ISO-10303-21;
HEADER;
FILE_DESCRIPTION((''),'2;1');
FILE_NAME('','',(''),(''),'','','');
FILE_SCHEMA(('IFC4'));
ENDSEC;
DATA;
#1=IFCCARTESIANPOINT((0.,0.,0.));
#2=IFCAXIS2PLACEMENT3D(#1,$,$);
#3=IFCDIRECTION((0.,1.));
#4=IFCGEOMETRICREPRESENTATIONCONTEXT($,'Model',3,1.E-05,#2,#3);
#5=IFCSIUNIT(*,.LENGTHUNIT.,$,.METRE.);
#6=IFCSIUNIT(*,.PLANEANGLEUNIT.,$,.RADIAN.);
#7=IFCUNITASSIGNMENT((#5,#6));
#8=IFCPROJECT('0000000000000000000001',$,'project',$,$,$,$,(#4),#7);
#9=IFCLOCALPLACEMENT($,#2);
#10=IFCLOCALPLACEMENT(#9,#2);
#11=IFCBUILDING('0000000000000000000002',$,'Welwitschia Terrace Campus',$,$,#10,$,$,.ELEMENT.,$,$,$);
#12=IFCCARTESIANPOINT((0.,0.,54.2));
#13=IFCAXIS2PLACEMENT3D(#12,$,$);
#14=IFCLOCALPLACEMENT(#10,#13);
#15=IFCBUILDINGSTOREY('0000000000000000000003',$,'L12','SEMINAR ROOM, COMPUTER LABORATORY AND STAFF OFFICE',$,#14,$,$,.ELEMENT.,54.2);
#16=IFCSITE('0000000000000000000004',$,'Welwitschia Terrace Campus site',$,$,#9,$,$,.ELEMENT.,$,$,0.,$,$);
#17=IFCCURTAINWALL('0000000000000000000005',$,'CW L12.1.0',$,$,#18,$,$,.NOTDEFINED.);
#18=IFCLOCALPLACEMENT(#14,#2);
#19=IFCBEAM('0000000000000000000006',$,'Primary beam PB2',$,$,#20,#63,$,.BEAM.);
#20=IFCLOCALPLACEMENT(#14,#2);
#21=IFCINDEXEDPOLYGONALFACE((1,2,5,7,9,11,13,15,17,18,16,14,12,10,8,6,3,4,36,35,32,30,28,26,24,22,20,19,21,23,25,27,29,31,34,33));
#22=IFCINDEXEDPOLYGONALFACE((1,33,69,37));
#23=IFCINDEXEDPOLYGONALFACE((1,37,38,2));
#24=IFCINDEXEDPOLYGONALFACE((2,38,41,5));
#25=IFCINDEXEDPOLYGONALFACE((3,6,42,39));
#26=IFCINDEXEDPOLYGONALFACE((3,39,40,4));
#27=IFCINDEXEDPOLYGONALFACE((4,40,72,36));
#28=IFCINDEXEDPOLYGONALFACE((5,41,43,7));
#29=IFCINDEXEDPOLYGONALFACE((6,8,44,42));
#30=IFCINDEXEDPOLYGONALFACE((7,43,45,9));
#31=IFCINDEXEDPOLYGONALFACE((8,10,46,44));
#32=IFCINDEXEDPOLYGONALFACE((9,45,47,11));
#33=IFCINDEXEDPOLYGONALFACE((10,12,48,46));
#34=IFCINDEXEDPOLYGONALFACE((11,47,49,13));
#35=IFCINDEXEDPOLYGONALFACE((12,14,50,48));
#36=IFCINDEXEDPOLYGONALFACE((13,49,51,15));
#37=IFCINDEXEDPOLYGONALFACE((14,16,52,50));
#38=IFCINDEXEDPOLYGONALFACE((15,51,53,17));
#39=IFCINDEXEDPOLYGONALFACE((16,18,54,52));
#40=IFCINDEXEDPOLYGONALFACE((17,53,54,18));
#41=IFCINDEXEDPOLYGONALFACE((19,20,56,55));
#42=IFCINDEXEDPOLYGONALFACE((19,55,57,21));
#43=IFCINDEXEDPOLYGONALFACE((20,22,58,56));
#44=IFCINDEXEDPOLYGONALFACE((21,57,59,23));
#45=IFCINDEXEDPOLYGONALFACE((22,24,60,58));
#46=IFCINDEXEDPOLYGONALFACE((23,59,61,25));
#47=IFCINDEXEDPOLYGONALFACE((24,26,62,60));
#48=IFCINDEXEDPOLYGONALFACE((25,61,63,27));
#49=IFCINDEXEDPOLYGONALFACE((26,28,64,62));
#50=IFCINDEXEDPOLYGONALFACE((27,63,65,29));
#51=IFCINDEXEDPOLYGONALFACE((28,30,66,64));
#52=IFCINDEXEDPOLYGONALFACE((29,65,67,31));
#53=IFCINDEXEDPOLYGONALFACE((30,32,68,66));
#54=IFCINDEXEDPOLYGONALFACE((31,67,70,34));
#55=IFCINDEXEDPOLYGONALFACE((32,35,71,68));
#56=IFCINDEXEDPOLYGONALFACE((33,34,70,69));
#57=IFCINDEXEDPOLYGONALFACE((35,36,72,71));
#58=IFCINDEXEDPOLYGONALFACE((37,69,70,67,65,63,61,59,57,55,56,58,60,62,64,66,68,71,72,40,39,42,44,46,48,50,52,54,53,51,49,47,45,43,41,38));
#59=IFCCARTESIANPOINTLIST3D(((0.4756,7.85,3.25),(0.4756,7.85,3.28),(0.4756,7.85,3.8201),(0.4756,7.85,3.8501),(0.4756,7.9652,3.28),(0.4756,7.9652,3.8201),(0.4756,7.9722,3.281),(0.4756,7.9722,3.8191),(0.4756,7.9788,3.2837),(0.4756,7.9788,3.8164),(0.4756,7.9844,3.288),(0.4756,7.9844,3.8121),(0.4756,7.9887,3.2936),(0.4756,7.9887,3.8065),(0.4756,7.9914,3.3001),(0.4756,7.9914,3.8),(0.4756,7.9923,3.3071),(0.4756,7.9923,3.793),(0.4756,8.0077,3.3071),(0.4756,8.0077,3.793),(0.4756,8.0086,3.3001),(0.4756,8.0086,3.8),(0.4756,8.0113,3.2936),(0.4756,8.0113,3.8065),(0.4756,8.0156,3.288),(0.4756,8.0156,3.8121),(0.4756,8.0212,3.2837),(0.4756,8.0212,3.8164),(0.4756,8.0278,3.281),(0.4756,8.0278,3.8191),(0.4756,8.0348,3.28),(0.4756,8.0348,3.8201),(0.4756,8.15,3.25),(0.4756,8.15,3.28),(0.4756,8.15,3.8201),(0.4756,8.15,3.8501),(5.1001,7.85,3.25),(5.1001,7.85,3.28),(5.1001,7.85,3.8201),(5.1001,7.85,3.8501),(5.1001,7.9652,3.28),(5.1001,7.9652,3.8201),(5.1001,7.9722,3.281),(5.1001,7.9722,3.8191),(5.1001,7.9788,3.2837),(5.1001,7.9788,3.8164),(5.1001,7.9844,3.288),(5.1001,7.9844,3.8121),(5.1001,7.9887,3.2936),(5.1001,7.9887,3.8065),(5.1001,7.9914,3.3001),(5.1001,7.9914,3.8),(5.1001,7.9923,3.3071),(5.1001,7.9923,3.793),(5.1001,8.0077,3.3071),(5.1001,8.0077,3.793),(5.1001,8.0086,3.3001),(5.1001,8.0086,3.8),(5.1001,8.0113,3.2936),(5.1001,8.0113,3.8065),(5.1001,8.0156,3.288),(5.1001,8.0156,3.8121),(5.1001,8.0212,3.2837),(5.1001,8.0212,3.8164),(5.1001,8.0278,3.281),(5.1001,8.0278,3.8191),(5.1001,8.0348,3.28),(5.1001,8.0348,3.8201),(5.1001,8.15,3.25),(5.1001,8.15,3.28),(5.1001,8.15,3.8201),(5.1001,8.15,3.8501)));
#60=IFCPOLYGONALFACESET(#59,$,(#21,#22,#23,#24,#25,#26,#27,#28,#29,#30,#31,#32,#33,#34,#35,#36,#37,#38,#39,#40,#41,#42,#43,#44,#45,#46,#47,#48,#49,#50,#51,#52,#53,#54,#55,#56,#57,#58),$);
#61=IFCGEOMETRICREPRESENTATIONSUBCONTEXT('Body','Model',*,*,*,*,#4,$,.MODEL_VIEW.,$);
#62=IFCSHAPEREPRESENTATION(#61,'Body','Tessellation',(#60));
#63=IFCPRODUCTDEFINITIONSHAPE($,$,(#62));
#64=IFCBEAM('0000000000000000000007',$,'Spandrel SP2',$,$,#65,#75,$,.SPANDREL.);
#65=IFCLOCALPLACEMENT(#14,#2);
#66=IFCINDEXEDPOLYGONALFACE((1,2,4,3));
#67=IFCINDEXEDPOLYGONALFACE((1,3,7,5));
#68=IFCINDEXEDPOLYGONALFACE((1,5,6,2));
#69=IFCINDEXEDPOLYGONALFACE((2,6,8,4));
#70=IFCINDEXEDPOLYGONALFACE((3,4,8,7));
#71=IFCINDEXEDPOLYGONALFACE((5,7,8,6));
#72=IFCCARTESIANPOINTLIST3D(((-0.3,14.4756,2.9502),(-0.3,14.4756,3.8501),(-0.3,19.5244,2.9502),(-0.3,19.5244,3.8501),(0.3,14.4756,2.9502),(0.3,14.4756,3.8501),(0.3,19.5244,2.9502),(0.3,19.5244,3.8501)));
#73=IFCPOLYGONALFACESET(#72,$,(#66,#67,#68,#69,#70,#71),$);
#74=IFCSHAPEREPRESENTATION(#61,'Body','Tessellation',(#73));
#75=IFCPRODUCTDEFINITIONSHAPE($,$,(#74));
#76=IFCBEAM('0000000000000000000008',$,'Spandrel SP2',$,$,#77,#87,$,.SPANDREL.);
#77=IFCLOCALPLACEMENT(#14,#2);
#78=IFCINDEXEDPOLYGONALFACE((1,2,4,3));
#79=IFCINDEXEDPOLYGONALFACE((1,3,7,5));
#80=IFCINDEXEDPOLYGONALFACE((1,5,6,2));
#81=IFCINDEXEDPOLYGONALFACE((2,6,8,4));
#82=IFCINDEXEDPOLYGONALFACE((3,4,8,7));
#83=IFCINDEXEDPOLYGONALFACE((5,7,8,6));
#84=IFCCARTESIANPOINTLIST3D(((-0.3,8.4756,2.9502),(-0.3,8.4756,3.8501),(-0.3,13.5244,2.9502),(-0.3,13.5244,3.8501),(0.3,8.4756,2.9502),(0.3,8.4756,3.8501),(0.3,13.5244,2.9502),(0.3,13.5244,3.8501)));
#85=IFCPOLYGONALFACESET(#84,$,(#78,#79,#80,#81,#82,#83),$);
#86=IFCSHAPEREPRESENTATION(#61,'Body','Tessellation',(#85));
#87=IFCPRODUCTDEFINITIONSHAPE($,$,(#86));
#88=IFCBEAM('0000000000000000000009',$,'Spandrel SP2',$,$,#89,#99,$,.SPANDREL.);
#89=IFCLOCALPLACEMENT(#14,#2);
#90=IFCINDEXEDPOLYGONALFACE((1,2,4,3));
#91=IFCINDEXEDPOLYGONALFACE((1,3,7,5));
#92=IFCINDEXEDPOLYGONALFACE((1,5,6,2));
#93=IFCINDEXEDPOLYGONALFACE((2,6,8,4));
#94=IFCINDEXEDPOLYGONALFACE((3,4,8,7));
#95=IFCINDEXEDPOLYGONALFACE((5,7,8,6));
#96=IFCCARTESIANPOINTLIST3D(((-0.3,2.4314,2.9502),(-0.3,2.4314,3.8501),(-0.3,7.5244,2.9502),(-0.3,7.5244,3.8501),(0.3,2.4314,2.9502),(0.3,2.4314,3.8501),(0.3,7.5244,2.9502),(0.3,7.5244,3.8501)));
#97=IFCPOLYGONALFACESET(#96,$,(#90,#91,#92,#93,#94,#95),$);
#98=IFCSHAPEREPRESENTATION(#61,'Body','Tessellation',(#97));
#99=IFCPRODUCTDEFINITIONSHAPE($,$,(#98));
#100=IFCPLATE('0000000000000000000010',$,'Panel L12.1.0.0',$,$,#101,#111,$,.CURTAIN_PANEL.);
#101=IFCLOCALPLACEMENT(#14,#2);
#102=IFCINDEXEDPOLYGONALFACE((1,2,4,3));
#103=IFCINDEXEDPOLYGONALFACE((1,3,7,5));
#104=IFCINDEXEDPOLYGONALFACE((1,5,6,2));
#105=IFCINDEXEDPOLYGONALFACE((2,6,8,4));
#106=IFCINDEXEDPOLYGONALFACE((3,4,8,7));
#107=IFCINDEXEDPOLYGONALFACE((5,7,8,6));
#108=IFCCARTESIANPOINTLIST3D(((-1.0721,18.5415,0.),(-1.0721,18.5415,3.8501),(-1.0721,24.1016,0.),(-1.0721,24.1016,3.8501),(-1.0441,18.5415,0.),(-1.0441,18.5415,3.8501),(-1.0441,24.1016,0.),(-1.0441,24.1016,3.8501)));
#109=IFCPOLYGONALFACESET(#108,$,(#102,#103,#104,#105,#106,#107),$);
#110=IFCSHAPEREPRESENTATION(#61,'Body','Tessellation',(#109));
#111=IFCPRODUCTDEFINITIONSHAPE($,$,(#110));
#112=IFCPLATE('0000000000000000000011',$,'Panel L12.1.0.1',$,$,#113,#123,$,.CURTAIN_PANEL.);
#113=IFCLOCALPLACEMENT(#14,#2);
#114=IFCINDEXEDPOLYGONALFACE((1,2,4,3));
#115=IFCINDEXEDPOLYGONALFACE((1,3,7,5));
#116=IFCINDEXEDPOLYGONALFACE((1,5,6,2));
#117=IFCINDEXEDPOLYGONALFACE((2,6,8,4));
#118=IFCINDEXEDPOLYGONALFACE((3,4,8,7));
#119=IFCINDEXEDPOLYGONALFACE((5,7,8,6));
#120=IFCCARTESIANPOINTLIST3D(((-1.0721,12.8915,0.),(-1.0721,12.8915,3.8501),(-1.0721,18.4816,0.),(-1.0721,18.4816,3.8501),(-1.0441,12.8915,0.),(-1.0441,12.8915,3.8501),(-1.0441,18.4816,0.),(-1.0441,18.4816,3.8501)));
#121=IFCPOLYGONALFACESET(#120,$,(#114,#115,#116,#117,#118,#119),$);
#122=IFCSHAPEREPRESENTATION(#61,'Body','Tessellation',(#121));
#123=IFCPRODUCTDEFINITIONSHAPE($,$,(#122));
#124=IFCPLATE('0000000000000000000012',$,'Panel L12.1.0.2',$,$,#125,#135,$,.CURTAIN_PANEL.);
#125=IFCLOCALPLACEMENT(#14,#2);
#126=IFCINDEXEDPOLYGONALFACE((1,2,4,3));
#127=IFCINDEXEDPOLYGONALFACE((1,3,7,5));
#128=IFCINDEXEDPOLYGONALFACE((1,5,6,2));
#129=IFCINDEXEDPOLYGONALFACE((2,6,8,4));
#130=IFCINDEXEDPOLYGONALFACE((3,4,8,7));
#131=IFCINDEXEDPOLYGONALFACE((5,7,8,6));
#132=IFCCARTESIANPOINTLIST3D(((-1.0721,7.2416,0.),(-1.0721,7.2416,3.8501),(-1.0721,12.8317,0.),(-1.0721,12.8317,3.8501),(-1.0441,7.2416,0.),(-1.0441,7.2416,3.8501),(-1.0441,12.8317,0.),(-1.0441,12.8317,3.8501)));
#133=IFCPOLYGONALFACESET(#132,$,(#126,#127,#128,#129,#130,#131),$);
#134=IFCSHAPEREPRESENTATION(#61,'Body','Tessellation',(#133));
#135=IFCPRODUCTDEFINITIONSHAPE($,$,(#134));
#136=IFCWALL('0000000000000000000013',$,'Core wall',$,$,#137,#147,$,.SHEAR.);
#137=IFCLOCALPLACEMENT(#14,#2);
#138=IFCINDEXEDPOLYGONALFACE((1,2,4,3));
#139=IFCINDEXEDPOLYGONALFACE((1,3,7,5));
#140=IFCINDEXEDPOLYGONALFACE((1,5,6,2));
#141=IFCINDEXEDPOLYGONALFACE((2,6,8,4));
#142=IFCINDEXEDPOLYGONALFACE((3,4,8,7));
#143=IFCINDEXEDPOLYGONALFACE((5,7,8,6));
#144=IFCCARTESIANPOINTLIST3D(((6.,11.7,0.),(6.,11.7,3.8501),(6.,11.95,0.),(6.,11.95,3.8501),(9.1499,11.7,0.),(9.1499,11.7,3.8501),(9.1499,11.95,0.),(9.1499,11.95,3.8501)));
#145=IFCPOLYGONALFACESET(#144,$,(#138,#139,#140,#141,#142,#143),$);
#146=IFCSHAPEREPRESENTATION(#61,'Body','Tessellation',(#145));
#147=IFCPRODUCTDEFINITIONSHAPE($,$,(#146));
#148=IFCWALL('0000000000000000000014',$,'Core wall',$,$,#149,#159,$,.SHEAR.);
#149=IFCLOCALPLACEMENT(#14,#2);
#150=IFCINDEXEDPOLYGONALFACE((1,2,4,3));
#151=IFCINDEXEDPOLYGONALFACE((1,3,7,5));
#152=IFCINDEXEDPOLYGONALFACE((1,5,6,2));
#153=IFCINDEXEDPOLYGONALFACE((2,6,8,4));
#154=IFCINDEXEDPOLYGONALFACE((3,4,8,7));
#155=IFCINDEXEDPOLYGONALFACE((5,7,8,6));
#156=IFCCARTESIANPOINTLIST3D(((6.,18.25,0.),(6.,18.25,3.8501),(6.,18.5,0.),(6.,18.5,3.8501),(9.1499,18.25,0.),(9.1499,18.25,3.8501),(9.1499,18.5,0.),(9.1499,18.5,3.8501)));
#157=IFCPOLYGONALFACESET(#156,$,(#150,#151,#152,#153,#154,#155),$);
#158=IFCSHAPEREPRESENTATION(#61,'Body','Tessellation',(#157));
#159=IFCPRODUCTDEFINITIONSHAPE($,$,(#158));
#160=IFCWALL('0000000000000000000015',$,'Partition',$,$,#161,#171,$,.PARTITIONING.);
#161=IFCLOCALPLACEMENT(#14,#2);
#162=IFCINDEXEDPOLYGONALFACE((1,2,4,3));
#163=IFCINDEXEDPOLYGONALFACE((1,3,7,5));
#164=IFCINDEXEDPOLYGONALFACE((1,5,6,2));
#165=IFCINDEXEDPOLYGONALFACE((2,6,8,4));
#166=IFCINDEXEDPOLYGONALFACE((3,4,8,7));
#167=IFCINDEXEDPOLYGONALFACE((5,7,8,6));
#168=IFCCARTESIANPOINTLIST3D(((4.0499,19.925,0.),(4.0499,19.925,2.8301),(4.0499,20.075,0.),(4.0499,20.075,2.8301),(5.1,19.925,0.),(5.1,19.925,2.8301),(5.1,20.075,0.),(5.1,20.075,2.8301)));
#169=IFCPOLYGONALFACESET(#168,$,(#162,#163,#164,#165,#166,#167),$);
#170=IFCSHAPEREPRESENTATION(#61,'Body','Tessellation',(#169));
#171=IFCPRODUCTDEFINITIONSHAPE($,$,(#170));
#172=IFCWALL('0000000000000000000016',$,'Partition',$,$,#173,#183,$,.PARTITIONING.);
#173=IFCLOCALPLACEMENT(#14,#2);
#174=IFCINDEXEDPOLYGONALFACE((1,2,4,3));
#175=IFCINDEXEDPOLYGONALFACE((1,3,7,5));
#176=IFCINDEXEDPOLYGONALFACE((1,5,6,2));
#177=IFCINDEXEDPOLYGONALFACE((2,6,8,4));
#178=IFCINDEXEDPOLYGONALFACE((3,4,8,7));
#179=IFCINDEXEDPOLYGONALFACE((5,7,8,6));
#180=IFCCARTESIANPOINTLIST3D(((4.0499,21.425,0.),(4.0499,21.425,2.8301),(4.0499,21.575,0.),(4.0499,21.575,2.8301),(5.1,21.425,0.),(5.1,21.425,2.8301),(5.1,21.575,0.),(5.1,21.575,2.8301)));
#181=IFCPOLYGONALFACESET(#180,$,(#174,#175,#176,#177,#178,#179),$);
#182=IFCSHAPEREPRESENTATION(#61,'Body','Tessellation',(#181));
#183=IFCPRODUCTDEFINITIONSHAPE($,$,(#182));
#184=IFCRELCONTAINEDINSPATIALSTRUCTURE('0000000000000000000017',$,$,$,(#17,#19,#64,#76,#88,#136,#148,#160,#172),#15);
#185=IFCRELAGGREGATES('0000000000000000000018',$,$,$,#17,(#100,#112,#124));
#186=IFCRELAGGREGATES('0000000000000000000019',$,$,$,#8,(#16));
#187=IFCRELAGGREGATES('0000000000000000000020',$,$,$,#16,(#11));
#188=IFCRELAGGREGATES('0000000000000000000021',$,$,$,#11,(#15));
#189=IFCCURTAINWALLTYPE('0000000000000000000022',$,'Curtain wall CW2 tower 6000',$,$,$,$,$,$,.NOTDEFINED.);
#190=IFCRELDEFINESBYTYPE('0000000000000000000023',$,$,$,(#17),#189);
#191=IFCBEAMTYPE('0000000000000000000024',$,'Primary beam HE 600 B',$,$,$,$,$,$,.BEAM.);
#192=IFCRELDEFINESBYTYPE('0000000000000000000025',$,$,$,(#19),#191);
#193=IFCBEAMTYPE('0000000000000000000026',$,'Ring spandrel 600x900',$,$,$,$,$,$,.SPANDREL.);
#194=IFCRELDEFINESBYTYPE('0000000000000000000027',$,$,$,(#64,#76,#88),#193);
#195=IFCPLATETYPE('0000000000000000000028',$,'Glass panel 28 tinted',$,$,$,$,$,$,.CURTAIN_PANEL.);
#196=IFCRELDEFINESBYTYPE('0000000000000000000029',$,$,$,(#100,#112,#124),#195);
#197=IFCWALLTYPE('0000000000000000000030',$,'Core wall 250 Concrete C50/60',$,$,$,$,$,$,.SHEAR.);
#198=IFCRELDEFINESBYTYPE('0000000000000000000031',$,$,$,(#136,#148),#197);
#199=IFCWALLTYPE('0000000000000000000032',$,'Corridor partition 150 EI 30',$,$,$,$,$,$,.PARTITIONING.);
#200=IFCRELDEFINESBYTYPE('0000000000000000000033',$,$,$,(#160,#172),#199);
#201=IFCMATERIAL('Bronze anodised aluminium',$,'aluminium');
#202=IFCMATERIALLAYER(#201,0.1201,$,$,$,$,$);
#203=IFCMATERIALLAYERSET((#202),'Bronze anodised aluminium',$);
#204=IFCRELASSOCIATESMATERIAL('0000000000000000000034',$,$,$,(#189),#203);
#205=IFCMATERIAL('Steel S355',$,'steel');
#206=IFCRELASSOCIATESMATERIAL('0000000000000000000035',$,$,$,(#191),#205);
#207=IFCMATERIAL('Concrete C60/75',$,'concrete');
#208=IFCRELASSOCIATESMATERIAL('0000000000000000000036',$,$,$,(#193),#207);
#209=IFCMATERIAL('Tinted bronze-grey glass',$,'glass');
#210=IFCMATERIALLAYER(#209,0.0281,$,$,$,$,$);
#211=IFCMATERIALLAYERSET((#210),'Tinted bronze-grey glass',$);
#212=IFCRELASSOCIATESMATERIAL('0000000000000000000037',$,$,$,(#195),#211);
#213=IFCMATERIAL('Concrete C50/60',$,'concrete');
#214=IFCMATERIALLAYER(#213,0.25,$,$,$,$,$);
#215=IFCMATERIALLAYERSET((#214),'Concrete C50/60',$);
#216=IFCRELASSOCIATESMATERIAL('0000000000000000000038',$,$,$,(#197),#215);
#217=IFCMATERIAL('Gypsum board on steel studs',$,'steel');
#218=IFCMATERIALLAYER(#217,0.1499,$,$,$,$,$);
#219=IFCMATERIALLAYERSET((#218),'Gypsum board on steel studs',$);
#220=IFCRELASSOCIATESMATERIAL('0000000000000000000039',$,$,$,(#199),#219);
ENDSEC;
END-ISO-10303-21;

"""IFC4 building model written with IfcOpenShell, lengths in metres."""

from ifc_helpers import new_model, si_unit, direction, frame, frame_2d, origin, origin_2d, place, context, subcontext, project, spatial, rectangle, i_section, extrude, material, layer, layer_set, material_profile, profile_set, type_object, element, aggregate, save


model = new_model("IFC4")

# Units and contexts
model_context = context("Model", 3, precision=1e-05, world=origin(), true_north=direction((0.0, 1.0)))
body_context = subcontext(model_context, "Body", "Model", "MODEL_VIEW")
ifc_project = project(units=[si_unit("LENGTHUNIT", "METRE"), si_unit("PLANEANGLEUNIT", "RADIAN")], contexts=[model_context])

# Site, building, storey
site_placement = place(None, origin())
site = spatial("IfcSite", under=ifc_project, at=site_placement, Name="Welwitschia Terrace Campus site", CompositionType="ELEMENT", RefElevation=0.0)
building_placement = place(site_placement, origin())
building = spatial("IfcBuilding", under=site, at=building_placement, Name="Welwitschia Terrace Campus", CompositionType="ELEMENT")
storey_placement = place(building_placement, frame((0.0, 0.0, 54.2)))
storey = spatial("IfcBuildingStorey", under=building, at=storey_placement, Name="L12", Description="SEMINAR ROOM, COMPUTER LABORATORY AND STAFF OFFICE", CompositionType="ELEMENT", Elevation=54.2)

# Curtain wall
ifc_material_1 = material(Name="Bronze anodised aluminium", Category="aluminium")
ifc_layer_1 = layer(ifc_material_1, 0.1201)
ifc_layer_set_1 = layer_set([ifc_layer_1], Name="Bronze anodised aluminium")
curtain_wall_type = type_object("IfcCurtainWallType", Name="Curtain wall CW2 tower 6000", PredefinedType="NOTDEFINED", material=ifc_layer_set_1)
curtain_wall_placement = place(storey_placement, origin())
curtain_wall = element("IfcCurtainWall", 1, at=curtain_wall_placement, inside=storey, type_object=curtain_wall_type, Name="CW L12.1.0", PredefinedType="NOTDEFINED")

# Beams
ifc_material_2 = material(Name="Steel S355", Category="steel")
ifc_material_profile_1 = material_profile(ifc_material_2, i_section(OverallWidth=0.3, OverallDepth=0.6001, WebThickness=0.0154, FlangeThickness=0.03, FilletRadius=0.0271, at=origin_2d()))
ifc_profile_set_1 = profile_set([ifc_material_profile_1], Name="Steel S355")
beam_type_1 = type_object("IfcBeamType", Name="Primary beam HE 600 B", PredefinedType="BEAM", material=ifc_profile_set_1)
for number, where, z_axis, x_axis, name in (
    (2, (0.4756, 8.0, 3.55), (1.0, 0.0, 0.0), (0.0, 1.0, 0.0), "Primary beam PB2"),
):
    element("IfcBeam", number, at=place(storey_placement, frame(where, z_axis=z_axis, x_axis=x_axis)), inside=storey, type_object=beam_type_1, Name=name, PredefinedType="BEAM", context=body_context, shape_type="SweptSolid", body=[
        extrude(i_section(OverallWidth=0.3, OverallDepth=0.6001, WebThickness=0.0154, FlangeThickness=0.03, FilletRadius=0.0271, at=origin_2d()), origin(), (0.0, 0.0, 1.0), 4.6245),
    ])
ifc_material_3 = material(Name="Concrete C60/75", Category="concrete")
ifc_material_profile_2 = material_profile(ifc_material_3, rectangle(XDim=0.6001, YDim=0.8999, at=origin_2d()))
ifc_profile_set_2 = profile_set([ifc_material_profile_2], Name="Concrete C60/75")
beam_type_2 = type_object("IfcBeamType", Name="Ring spandrel 600x900", PredefinedType="SPANDREL", material=ifc_profile_set_2)
for number, where, z_axis, x_axis, name in (
    (3, (0.0, 19.5244, 3.4001), (0.0, -1.0, 0.0), (1.0, 0.0, 0.0), "Spandrel SP2"),
    (4, (0.0, 13.5244, 3.4001), (0.0, -1.0, 0.0), (1.0, 0.0, 0.0), "Spandrel SP2"),
):
    element("IfcBeam", number, at=place(storey_placement, frame(where, z_axis=z_axis, x_axis=x_axis)), inside=storey, type_object=beam_type_2, Name=name, PredefinedType="SPANDREL", context=body_context, shape_type="SweptSolid", body=[
        extrude(rectangle(XDim=0.6001, YDim=0.8999, at=origin_2d()), origin(), (0.0, 0.0, 1.0), 5.0488),
    ])
beam_1_placement = place(storey_placement, frame((0.0, 7.5244, 3.4001), z_axis=(0.0, -1.0, 0.0), x_axis=(1.0, 0.0, 0.0)))
element("IfcBeam", 5, at=beam_1_placement, inside=storey, type_object=beam_type_2, Name="Spandrel SP2", PredefinedType="SPANDREL", context=body_context, shape_type="SweptSolid", body=[
    extrude(rectangle(XDim=0.6001, YDim=0.8999, at=origin_2d()), origin(), (0.0, 0.0, 1.0), 5.093),
])

# Plates
ifc_material_4 = material(Name="Tinted bronze-grey glass", Category="glass")
ifc_layer_2 = layer(ifc_material_4, 0.0281)
ifc_layer_set_2 = layer_set([ifc_layer_2], Name="Tinted bronze-grey glass")
plate_type = type_object("IfcPlateType", Name="Glass panel 28 tinted", PredefinedType="CURTAIN_PANEL", material=ifc_layer_set_2)
plate_1_placement = place(storey_placement, frame((-1.0581, 21.3215, 0.0), z_axis=(0.0, 0.0, 1.0), x_axis=(0.0, -1.0, 0.0)))
plate_1 = element("IfcPlate", 6, at=plate_1_placement, type_object=plate_type, Name="Panel L12.1.0.0", PredefinedType="CURTAIN_PANEL", context=body_context, shape_type="SweptSolid", body=[
    extrude(rectangle(XDim=5.5601, YDim=0.0281, at=origin_2d()), origin(), (0.0, 0.0, 1.0), 3.8501),
])
plate_2_placement = place(storey_placement, frame((-1.0581, 15.6865, 0.0), z_axis=(0.0, 0.0, 1.0), x_axis=(0.0, -1.0, 0.0)))
plate_2 = element("IfcPlate", 7, at=plate_2_placement, type_object=plate_type, Name="Panel L12.1.0.1", PredefinedType="CURTAIN_PANEL", context=body_context, shape_type="SweptSolid", body=[
    extrude(rectangle(XDim=5.5901, YDim=0.0281, at=origin_2d()), origin(), (0.0, 0.0, 1.0), 3.8501),
])
plate_3_placement = place(storey_placement, frame((-1.0581, 10.0366, 0.0), z_axis=(0.0, 0.0, 1.0), x_axis=(0.0, -1.0, 0.0)))
plate_3 = element("IfcPlate", 8, at=plate_3_placement, type_object=plate_type, Name="Panel L12.1.0.2", PredefinedType="CURTAIN_PANEL", context=body_context, shape_type="SweptSolid", body=[
    extrude(rectangle(XDim=5.5901, YDim=0.0281, at=origin_2d()), origin(), (0.0, 0.0, 1.0), 3.8501),
])
aggregate(curtain_wall, [plate_1, plate_2, plate_3])

# Walls
ifc_material_5 = material(Name="Concrete C50/60", Category="concrete")
ifc_layer_3 = layer(ifc_material_5, 0.25)
ifc_layer_set_3 = layer_set([ifc_layer_3], Name="Concrete C50/60")
wall_type_1 = type_object("IfcWallType", Name="Core wall 250 Concrete C50/60", PredefinedType="SHEAR", material=ifc_layer_set_3)
for number, where, z_axis, x_axis, name in (
    (9, (6.0, 11.825, 0.0), (0.0, 0.0, 1.0), (1.0, 0.0, 0.0), "Core wall"),
    (10, (6.0, 18.375, 0.0), (0.0, 0.0, 1.0), (1.0, 0.0, 0.0), "Core wall"),
):
    element("IfcWall", number, at=place(storey_placement, frame(where, z_axis=z_axis, x_axis=x_axis)), inside=storey, type_object=wall_type_1, Name=name, PredefinedType="SHEAR", context=body_context, shape_type="SweptSolid", body=[
        extrude(rectangle(XDim=3.1499, YDim=0.25, at=frame_2d((1.575, 0.0))), origin(), (0.0, 0.0, 1.0), 3.8501),
    ])
ifc_material_6 = material(Name="Gypsum board on steel studs", Category="steel")
ifc_layer_4 = layer(ifc_material_6, 0.1499)
ifc_layer_set_4 = layer_set([ifc_layer_4], Name="Gypsum board on steel studs")
wall_type_2 = type_object("IfcWallType", Name="Corridor partition 150 EI 30", PredefinedType="PARTITIONING", material=ifc_layer_set_4)
for number, where, z_axis, x_axis, name in (
    (11, (4.05, 20.0, 0.0), (0.0, 0.0, 1.0), (1.0, 0.0, 0.0), "Partition"),
    (12, (4.05, 21.5, 0.0), (0.0, 0.0, 1.0), (1.0, 0.0, 0.0), "Partition"),
):
    element("IfcWall", number, at=place(storey_placement, frame(where, z_axis=z_axis, x_axis=x_axis)), inside=storey, type_object=wall_type_2, Name=name, PredefinedType="PARTITIONING", context=body_context, shape_type="SweptSolid", body=[
        extrude(rectangle(XDim=1.05, YDim=0.1499, at=frame_2d((0.5249, 0.0))), origin(), (0.0, 0.0, 1.0), 2.8301),
    ])

save(model, "model.ifc")
